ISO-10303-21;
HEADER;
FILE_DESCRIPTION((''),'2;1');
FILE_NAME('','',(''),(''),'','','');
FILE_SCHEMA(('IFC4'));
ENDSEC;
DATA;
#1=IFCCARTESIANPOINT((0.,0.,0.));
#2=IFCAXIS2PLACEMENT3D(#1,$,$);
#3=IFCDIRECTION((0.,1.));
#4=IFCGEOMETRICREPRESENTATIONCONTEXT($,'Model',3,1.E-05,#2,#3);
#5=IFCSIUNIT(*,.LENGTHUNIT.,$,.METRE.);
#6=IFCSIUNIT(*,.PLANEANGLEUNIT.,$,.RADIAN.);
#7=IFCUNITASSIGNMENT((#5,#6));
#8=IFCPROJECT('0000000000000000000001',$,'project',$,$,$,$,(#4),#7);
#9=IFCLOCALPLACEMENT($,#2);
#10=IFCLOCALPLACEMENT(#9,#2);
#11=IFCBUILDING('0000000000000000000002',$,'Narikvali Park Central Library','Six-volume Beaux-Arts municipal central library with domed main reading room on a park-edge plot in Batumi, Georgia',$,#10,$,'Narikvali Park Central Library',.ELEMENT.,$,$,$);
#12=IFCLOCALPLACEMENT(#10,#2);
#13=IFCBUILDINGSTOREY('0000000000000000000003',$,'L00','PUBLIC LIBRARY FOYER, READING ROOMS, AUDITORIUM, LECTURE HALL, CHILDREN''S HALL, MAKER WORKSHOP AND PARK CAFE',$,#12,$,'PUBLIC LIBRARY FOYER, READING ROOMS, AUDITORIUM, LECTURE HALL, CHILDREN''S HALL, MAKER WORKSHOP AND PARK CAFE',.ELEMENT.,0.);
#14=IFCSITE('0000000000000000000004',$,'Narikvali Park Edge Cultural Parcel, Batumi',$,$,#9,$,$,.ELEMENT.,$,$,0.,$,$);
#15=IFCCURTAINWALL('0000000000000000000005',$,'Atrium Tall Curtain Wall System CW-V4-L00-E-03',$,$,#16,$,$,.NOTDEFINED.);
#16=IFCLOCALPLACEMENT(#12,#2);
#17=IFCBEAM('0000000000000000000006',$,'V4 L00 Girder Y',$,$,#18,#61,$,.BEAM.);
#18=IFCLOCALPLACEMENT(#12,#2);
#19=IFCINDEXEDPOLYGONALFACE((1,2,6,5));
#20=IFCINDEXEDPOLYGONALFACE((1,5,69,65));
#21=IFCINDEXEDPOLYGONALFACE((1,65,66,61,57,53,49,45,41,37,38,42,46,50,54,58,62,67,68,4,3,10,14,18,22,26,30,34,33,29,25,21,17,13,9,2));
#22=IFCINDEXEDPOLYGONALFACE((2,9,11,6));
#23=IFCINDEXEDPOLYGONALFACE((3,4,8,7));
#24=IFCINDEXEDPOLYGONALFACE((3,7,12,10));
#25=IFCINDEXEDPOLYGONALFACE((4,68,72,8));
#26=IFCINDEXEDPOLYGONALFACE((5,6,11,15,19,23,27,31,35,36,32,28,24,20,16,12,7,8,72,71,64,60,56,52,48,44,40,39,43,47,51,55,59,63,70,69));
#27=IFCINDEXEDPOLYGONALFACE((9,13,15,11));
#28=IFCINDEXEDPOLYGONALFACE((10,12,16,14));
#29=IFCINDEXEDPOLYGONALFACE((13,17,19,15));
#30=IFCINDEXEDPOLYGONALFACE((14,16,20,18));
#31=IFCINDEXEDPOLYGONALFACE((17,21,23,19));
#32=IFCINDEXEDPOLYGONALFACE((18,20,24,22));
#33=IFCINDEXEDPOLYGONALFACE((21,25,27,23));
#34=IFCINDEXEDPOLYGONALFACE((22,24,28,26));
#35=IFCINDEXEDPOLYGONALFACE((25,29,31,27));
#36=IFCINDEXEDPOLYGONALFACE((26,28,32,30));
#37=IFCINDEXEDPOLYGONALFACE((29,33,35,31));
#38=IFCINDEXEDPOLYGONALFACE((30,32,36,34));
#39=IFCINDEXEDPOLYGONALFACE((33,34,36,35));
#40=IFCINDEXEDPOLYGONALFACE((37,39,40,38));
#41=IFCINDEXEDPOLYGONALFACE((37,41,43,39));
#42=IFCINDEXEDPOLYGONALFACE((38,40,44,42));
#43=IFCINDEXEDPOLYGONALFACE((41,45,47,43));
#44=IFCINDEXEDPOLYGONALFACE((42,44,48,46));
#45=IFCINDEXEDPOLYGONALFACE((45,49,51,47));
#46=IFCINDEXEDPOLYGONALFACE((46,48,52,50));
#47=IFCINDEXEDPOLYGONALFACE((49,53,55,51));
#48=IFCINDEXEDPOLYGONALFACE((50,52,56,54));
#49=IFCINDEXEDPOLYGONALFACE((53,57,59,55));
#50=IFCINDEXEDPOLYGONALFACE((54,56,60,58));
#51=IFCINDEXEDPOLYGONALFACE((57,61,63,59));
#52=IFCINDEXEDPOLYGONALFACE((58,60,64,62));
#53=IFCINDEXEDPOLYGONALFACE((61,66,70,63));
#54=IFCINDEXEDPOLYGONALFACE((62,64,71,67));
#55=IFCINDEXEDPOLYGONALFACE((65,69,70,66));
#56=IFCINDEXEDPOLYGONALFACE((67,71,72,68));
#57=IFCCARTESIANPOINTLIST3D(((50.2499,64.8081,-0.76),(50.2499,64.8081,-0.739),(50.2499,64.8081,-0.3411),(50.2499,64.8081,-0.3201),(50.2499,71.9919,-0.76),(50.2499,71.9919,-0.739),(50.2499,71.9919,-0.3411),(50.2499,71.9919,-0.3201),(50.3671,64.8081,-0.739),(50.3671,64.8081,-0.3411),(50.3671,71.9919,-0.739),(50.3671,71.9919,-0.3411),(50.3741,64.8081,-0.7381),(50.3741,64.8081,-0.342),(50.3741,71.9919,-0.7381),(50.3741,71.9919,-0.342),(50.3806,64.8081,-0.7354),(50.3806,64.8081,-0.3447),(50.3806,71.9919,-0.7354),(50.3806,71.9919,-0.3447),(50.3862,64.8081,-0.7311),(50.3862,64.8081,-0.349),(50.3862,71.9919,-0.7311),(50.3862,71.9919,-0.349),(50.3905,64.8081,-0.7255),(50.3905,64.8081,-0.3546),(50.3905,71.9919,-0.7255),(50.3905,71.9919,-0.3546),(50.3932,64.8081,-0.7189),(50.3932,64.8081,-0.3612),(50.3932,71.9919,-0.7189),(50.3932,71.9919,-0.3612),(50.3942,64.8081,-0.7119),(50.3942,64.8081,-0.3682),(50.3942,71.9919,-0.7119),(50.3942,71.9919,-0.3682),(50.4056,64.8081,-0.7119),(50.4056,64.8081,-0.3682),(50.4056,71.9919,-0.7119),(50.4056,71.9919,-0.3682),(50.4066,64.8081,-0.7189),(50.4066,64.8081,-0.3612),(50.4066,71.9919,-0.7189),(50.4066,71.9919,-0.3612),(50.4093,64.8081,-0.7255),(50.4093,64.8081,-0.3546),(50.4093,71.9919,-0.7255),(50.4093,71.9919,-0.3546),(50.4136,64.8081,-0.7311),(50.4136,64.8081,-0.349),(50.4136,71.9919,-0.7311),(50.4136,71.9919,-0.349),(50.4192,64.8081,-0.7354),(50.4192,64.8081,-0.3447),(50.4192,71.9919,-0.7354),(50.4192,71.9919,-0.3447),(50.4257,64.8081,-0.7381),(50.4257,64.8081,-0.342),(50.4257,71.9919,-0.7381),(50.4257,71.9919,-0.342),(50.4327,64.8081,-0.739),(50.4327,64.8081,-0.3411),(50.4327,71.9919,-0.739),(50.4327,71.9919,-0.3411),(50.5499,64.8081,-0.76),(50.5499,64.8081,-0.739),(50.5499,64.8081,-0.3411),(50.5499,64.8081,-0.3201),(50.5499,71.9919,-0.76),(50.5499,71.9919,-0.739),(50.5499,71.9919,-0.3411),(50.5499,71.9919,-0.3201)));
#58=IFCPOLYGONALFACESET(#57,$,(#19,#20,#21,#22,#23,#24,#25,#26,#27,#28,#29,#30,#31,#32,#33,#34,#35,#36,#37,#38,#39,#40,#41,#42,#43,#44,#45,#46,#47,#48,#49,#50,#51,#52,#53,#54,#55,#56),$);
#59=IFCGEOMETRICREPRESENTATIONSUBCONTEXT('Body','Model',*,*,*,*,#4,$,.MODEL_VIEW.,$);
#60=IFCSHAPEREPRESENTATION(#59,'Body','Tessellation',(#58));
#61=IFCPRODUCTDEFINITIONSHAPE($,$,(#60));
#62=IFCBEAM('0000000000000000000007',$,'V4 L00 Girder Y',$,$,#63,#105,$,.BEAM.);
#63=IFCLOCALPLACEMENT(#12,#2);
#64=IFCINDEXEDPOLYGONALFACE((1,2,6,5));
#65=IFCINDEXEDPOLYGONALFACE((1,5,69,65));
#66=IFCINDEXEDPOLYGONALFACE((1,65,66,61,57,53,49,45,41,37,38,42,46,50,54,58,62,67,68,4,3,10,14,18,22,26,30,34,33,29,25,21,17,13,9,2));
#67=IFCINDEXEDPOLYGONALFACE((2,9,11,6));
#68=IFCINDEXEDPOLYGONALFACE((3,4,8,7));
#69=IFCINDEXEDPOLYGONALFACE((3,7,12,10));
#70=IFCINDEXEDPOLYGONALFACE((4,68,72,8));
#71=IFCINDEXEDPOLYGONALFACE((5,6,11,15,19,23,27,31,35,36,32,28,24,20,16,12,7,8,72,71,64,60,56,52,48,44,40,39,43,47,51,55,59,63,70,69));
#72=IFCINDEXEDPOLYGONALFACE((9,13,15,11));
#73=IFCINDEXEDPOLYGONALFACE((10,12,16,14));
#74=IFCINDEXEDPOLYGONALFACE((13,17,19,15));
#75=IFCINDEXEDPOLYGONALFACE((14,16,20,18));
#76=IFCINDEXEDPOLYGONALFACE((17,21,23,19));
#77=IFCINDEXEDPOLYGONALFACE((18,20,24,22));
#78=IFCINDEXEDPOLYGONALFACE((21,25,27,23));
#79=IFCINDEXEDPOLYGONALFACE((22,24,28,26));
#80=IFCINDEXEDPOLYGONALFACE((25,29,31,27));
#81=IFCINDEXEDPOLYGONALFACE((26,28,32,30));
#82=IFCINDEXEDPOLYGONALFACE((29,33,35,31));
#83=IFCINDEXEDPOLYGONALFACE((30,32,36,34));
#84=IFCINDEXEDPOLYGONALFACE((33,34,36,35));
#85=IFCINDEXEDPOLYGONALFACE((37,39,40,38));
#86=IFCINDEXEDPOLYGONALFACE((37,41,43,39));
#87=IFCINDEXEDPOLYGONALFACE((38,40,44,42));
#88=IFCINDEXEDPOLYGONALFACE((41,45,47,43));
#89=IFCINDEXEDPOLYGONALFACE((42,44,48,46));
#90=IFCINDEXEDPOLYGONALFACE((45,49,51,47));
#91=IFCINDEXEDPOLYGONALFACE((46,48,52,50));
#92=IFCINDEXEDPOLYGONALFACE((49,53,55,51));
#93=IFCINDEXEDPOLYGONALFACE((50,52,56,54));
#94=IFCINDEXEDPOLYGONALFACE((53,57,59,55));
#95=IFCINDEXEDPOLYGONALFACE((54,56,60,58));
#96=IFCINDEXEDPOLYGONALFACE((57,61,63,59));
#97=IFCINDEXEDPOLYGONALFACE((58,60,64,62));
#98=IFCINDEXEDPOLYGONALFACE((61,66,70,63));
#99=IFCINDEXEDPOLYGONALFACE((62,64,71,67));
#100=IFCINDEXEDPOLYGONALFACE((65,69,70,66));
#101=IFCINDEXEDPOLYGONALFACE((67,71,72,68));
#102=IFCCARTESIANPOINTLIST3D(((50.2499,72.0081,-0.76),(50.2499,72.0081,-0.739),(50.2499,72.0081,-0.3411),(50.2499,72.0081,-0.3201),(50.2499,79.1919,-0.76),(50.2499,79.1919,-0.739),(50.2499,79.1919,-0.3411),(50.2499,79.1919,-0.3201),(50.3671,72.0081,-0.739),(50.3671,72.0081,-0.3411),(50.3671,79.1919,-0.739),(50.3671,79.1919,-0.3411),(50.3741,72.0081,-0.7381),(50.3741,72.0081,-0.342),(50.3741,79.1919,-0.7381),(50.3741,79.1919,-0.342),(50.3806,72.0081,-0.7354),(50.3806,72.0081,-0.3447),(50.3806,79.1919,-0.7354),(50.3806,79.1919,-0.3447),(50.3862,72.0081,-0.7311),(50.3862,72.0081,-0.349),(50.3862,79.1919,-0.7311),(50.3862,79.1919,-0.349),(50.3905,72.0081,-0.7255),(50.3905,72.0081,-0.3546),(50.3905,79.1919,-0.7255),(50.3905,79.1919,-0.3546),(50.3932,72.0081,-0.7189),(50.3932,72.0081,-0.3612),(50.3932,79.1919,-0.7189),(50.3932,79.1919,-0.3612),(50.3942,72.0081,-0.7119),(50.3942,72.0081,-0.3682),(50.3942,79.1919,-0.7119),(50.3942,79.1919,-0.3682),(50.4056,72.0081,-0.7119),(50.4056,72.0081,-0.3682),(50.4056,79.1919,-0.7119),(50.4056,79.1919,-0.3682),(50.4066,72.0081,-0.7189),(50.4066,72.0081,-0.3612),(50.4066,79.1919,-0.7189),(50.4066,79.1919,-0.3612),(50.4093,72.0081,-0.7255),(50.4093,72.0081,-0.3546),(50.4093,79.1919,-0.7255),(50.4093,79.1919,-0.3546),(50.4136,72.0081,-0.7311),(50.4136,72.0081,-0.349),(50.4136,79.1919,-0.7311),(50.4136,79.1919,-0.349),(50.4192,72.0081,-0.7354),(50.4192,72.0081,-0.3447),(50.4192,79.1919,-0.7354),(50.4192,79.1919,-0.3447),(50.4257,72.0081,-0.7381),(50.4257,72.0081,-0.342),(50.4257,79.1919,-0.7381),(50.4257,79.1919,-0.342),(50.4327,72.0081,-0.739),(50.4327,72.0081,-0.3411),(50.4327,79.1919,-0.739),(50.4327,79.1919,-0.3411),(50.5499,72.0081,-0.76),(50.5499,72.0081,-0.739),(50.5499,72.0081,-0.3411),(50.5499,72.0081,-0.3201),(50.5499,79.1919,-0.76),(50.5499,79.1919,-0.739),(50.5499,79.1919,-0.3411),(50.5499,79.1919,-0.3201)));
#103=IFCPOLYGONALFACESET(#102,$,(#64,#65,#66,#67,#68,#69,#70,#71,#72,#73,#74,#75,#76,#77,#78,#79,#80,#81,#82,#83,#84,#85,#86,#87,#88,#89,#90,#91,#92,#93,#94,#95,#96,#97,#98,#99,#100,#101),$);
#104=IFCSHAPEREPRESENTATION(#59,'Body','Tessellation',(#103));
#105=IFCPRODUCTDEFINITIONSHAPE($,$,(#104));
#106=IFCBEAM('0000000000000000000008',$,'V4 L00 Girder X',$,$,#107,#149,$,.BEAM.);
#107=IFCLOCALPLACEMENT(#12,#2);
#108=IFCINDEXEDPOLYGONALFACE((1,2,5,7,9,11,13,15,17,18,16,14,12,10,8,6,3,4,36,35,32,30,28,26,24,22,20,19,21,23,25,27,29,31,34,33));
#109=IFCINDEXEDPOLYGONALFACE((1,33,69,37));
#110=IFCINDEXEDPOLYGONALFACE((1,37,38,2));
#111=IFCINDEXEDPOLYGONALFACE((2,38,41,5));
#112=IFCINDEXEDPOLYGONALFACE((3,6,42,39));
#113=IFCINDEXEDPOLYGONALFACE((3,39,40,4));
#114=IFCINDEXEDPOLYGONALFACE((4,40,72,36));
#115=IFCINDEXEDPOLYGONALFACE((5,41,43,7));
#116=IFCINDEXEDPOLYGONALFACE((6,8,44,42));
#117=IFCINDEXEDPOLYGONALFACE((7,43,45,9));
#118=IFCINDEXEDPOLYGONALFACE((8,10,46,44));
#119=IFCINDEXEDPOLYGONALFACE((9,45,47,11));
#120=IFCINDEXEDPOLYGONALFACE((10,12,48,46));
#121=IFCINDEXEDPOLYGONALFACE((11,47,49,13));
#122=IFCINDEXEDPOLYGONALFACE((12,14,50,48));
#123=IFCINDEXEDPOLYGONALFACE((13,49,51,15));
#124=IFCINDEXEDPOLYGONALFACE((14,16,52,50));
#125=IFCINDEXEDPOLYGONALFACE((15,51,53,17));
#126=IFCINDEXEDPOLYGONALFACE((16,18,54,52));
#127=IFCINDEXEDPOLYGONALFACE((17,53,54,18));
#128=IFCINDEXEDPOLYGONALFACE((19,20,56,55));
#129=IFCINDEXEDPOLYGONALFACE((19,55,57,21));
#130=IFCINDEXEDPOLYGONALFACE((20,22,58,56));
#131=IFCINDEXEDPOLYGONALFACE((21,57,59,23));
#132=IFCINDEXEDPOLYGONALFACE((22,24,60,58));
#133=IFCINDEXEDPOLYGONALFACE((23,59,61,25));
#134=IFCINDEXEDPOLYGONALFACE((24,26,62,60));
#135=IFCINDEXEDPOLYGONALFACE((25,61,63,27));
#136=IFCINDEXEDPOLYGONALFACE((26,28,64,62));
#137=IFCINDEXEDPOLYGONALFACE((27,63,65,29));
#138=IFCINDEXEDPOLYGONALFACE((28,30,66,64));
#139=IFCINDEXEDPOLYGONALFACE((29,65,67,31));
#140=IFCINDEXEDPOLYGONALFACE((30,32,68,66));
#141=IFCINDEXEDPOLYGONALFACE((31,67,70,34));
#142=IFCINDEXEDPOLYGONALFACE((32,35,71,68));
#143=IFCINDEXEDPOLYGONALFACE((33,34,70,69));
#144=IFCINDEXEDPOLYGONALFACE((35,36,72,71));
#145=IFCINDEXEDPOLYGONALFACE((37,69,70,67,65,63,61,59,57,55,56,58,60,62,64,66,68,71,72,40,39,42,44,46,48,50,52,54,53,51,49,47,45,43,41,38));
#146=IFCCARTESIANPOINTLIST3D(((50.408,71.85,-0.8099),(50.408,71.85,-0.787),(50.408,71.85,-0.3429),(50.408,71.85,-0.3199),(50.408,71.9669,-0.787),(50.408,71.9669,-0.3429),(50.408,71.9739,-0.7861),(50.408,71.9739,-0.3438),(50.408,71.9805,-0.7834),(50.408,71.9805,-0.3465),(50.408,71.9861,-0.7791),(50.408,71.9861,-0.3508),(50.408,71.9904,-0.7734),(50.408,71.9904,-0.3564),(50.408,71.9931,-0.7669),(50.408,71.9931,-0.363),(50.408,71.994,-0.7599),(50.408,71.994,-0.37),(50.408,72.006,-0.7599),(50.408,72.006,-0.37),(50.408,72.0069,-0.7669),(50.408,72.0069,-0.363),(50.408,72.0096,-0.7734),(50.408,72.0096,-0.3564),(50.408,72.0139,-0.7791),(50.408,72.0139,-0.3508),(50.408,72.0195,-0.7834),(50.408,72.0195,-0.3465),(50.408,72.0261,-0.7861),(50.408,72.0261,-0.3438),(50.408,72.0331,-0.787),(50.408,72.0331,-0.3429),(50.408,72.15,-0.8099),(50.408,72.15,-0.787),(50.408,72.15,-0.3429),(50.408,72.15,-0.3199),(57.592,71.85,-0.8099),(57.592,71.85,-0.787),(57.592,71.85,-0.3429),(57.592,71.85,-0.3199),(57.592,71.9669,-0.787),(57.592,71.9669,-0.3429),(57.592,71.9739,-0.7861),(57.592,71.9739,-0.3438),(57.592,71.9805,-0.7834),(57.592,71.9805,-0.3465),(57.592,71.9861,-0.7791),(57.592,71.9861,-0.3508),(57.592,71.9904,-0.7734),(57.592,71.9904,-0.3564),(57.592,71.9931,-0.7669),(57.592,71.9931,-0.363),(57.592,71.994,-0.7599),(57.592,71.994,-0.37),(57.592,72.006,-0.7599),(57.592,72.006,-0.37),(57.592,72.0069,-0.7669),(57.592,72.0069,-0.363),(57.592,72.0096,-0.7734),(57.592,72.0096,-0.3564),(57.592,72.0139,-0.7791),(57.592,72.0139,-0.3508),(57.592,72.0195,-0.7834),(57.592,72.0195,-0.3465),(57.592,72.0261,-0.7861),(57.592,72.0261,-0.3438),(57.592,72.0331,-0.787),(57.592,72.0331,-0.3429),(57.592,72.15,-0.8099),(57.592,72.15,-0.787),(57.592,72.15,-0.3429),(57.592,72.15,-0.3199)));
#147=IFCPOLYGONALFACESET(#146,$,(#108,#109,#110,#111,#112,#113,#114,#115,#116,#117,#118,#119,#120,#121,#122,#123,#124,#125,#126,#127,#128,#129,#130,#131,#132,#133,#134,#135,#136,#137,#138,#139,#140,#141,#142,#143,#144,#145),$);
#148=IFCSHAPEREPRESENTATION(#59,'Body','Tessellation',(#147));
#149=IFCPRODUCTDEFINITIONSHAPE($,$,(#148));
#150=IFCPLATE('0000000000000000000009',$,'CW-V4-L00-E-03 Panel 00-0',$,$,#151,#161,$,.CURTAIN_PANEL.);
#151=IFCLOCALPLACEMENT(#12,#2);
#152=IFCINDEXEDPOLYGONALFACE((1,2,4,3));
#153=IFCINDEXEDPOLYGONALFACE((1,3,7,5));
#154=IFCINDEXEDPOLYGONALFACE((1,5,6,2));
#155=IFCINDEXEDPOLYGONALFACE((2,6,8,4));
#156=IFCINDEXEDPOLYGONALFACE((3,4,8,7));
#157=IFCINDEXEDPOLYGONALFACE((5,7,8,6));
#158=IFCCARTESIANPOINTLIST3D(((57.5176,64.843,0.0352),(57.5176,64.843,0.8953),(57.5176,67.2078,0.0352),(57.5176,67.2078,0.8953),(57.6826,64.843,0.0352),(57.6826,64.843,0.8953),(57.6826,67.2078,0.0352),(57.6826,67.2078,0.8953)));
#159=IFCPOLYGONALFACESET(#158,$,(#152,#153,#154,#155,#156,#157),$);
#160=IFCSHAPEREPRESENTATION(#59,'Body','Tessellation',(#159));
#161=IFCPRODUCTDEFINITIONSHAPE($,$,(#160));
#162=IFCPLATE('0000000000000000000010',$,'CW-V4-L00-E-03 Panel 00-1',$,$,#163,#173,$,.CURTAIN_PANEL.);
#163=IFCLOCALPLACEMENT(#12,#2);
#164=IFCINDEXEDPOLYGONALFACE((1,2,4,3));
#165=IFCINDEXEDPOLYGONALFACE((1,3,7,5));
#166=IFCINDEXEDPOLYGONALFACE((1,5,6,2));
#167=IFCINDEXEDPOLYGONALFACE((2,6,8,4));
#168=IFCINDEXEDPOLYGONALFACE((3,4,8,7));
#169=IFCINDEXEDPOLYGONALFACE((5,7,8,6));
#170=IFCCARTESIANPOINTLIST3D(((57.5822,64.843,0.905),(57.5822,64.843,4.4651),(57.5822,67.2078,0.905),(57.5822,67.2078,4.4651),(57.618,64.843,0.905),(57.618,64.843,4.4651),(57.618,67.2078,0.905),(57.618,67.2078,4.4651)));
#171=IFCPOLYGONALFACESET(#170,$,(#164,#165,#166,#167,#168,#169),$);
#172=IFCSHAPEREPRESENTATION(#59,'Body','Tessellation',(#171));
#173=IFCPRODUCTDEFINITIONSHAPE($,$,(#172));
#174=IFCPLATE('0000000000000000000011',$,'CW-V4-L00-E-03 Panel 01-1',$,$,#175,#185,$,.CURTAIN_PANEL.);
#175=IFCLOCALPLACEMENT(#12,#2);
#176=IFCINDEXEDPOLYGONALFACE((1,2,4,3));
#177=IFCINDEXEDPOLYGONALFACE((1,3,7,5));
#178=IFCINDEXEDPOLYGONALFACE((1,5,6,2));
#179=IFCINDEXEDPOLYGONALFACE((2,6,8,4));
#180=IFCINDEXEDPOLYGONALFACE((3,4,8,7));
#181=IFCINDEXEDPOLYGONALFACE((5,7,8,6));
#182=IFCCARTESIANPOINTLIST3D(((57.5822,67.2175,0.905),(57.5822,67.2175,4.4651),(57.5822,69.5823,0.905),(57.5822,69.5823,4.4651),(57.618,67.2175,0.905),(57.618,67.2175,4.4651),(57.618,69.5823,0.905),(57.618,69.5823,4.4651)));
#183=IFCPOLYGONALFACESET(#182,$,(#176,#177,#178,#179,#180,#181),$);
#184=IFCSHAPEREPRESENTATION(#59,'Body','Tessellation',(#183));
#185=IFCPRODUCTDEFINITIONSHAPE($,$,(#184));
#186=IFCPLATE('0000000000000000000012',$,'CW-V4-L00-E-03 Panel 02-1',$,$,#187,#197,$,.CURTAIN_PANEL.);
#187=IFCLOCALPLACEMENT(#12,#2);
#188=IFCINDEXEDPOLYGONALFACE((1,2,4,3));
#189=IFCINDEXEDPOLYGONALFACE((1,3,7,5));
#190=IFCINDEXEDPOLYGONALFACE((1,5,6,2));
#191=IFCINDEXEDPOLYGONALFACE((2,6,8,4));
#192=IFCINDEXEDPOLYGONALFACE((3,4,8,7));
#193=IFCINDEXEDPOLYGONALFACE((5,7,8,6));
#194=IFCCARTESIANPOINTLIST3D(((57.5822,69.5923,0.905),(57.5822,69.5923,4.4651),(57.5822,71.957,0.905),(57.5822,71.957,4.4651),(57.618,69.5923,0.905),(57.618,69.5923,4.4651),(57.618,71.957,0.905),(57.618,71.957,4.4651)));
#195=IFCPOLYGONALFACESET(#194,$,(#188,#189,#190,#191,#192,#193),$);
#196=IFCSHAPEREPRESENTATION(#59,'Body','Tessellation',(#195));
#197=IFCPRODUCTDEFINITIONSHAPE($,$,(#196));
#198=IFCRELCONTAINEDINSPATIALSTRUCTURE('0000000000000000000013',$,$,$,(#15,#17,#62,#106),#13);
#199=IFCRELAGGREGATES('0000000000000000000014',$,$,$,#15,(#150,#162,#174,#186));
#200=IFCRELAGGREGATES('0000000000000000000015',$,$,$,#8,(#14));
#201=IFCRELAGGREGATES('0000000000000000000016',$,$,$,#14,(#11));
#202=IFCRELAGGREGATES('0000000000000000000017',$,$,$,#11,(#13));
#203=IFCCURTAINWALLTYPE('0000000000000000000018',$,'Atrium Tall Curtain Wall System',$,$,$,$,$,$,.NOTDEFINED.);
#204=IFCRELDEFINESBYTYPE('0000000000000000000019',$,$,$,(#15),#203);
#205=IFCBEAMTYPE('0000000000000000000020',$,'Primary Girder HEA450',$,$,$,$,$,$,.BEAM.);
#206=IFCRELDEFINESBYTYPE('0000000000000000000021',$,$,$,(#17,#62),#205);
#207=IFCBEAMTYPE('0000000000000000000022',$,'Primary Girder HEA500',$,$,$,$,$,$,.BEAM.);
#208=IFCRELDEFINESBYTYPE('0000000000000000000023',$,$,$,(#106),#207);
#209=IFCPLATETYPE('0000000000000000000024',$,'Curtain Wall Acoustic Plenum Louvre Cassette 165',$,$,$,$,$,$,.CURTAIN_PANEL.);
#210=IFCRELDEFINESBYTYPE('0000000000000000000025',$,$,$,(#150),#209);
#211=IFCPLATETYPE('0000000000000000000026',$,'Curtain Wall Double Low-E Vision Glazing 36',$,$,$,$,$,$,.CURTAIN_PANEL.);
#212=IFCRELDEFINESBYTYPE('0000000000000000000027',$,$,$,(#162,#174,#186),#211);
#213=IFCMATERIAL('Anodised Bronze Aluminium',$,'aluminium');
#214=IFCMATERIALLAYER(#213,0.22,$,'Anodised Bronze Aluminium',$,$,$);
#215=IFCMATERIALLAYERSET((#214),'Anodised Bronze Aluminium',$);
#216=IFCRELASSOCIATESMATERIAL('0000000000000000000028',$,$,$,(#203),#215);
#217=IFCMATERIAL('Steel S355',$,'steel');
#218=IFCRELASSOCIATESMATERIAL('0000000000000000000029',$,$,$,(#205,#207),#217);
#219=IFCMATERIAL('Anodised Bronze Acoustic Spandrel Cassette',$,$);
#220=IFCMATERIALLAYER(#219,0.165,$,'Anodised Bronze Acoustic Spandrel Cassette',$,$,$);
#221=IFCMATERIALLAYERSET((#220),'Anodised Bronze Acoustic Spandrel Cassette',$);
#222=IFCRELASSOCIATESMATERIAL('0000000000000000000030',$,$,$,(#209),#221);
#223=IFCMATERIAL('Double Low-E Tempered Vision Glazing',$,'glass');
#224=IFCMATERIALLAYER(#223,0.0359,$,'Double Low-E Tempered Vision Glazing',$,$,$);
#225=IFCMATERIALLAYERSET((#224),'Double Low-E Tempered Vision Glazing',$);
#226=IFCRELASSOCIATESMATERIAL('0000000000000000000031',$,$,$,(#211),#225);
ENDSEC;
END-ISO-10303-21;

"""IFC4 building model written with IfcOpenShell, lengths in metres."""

from ifc_helpers import new_model, si_unit, direction, frame, origin, origin_2d, place, context, subcontext, project, spatial, rectangle, i_section, extrude, material, layer, layer_set, material_profile, profile_set, type_object, element, aggregate, save


model = new_model("IFC4")

# Units and contexts
model_context = context("Model", 3, precision=1e-05, world=origin(), true_north=direction((0.0, 1.0)))
body_context = subcontext(model_context, "Body", "Model", "MODEL_VIEW")
ifc_project = project(units=[si_unit("LENGTHUNIT", "METRE"), si_unit("PLANEANGLEUNIT", "RADIAN")], contexts=[model_context])

# Site, building, storey
site_placement = place(None, origin())
site = spatial("IfcSite", under=ifc_project, at=site_placement, Name="Narikvali Park Edge Cultural Parcel, Batumi", CompositionType="ELEMENT", RefElevation=0.0)
building_placement = place(site_placement, origin())
building = spatial("IfcBuilding", under=site, at=building_placement, Name="Narikvali Park Central Library", Description="Six-volume Beaux-Arts municipal central library with domed main reading room on a park-edge plot in Batumi, Georgia", LongName="Narikvali Park Central Library", CompositionType="ELEMENT")
storey_placement = place(building_placement, origin())
storey = spatial("IfcBuildingStorey", under=building, at=storey_placement, Name="L00", Description="PUBLIC LIBRARY FOYER, READING ROOMS, AUDITORIUM, LECTURE HALL, CHILDREN'S HALL, MAKER WORKSHOP AND PARK CAFE", LongName="PUBLIC LIBRARY FOYER, READING ROOMS, AUDITORIUM, LECTURE HALL, CHILDREN'S HALL, MAKER WORKSHOP AND PARK CAFE", CompositionType="ELEMENT", Elevation=0.0)

# Shared definitions
ifc_material_1 = material(Name="Steel S355", Category="steel")

# Curtain wall
ifc_material_2 = material(Name="Anodised Bronze Aluminium", Category="aluminium")
ifc_layer_1 = layer(ifc_material_2, 0.22, Name="Anodised Bronze Aluminium")
ifc_layer_set_1 = layer_set([ifc_layer_1], Name="Anodised Bronze Aluminium")
curtain_wall_type = type_object("IfcCurtainWallType", Name="Atrium Tall Curtain Wall System", PredefinedType="NOTDEFINED", material=ifc_layer_set_1)
curtain_wall_placement = place(storey_placement, origin())
curtain_wall = element("IfcCurtainWall", 1, at=curtain_wall_placement, inside=storey, type_object=curtain_wall_type, Name="Atrium Tall Curtain Wall System CW-V4-L00-E-03", PredefinedType="NOTDEFINED")

# Beams
ifc_material_profile_1 = material_profile(ifc_material_1, i_section(OverallWidth=0.3, OverallDepth=0.4399, WebThickness=0.0115, FlangeThickness=0.021, FilletRadius=0.0271, at=origin_2d()), Name="HEA 450")
ifc_profile_set_1 = profile_set([ifc_material_profile_1], Name="Steel S355")
beam_type_1 = type_object("IfcBeamType", Name="Primary Girder HEA450", PredefinedType="BEAM", material=ifc_profile_set_1)
for number, where, z_axis, x_axis, name in (
    (2, (50.3999, 64.8081, -0.54), (0.0, 1.0, 0.0), (-1.0, 0.0, 0.0), "V4 L00 Girder Y"),
    (3, (50.3999, 72.0081, -0.54), (0.0, 1.0, 0.0), (-1.0, 0.0, 0.0), "V4 L00 Girder Y"),
):
    element("IfcBeam", number, at=place(storey_placement, frame(where, z_axis=z_axis, x_axis=x_axis)), inside=storey, type_object=beam_type_1, Name=name, PredefinedType="BEAM", context=body_context, shape_type="SweptSolid", body=[
        extrude(i_section(OverallWidth=0.3, OverallDepth=0.4399, WebThickness=0.0115, FlangeThickness=0.021, FilletRadius=0.0271, at=origin_2d()), origin(), (0.0, 0.0, 1.0), 7.1838),
    ])
ifc_material_profile_2 = material_profile(ifc_material_1, i_section(OverallWidth=0.3, OverallDepth=0.49, WebThickness=0.012, FlangeThickness=0.0229, FilletRadius=0.0271, at=origin_2d()), Name="HEA 500")
ifc_profile_set_2 = profile_set([ifc_material_profile_2], Name="Steel S355")
beam_type_2 = type_object("IfcBeamType", Name="Primary Girder HEA500", PredefinedType="BEAM", material=ifc_profile_set_2)
beam_1_placement = place(storey_placement, frame((50.408, 72.0, -0.5649), z_axis=(1.0, 0.0, 0.0), x_axis=(0.0, 1.0, 0.0)))
element("IfcBeam", 4, at=beam_1_placement, inside=storey, type_object=beam_type_2, Name="V4 L00 Girder X", PredefinedType="BEAM", context=body_context, shape_type="SweptSolid", body=[
    extrude(i_section(OverallWidth=0.3, OverallDepth=0.49, WebThickness=0.012, FlangeThickness=0.0229, FilletRadius=0.0271, at=origin_2d()), origin(), (0.0, 0.0, 1.0), 7.1841),
])

# Plates
ifc_material_3 = material(Name="Anodised Bronze Acoustic Spandrel Cassette")
ifc_layer_2 = layer(ifc_material_3, 0.165, Name="Anodised Bronze Acoustic Spandrel Cassette")
ifc_layer_set_2 = layer_set([ifc_layer_2], Name="Anodised Bronze Acoustic Spandrel Cassette")
plate_type_1 = type_object("IfcPlateType", Name="Curtain Wall Acoustic Plenum Louvre Cassette 165", PredefinedType="CURTAIN_PANEL", material=ifc_layer_set_2)
plate_1_placement = place(storey_placement, frame((57.6001, 66.0254, 0.0352), z_axis=(0.0, 0.0, 1.0), x_axis=(0.0, 1.0, 0.0)))
plate_1 = element("IfcPlate", 5, at=plate_1_placement, type_object=plate_type_1, Name="CW-V4-L00-E-03 Panel 00-0", PredefinedType="CURTAIN_PANEL", context=body_context, shape_type="SweptSolid", body=[
    extrude(rectangle(XDim=2.3647, YDim=0.165, at=origin_2d()), origin(), (0.0, 0.0, 1.0), 0.8601),
])
ifc_material_4 = material(Name="Double Low-E Tempered Vision Glazing", Category="glass")
ifc_layer_3 = layer(ifc_material_4, 0.0359, Name="Double Low-E Tempered Vision Glazing")
ifc_layer_set_3 = layer_set([ifc_layer_3], Name="Double Low-E Tempered Vision Glazing")
plate_type_2 = type_object("IfcPlateType", Name="Curtain Wall Double Low-E Vision Glazing 36", PredefinedType="CURTAIN_PANEL", material=ifc_layer_set_3)
plate_2_placement = place(storey_placement, frame((57.6001, 66.0254, 0.905), z_axis=(0.0, 0.0, 1.0), x_axis=(0.0, 1.0, 0.0)))
plate_2 = element("IfcPlate", 6, at=plate_2_placement, type_object=plate_type_2, Name="CW-V4-L00-E-03 Panel 00-1", PredefinedType="CURTAIN_PANEL", context=body_context, shape_type="SweptSolid", body=[
    extrude(rectangle(XDim=2.3647, YDim=0.0359, at=origin_2d()), origin(), (0.0, 0.0, 1.0), 3.5601),
])
plate_3_placement = place(storey_placement, frame((57.6001, 68.3999, 0.905), z_axis=(0.0, 0.0, 1.0), x_axis=(0.0, 1.0, 0.0)))
plate_3 = element("IfcPlate", 7, at=plate_3_placement, type_object=plate_type_2, Name="CW-V4-L00-E-03 Panel 01-1", PredefinedType="CURTAIN_PANEL", context=body_context, shape_type="SweptSolid", body=[
    extrude(rectangle(XDim=2.3647, YDim=0.0359, at=origin_2d()), origin(), (0.0, 0.0, 1.0), 3.5601),
])
plate_4_placement = place(storey_placement, frame((57.6001, 70.7747, 0.905), z_axis=(0.0, 0.0, 1.0), x_axis=(0.0, 1.0, 0.0)))
plate_4 = element("IfcPlate", 8, at=plate_4_placement, type_object=plate_type_2, Name="CW-V4-L00-E-03 Panel 02-1", PredefinedType="CURTAIN_PANEL", context=body_context, shape_type="SweptSolid", body=[
    extrude(rectangle(XDim=2.3647, YDim=0.0359, at=origin_2d()), origin(), (0.0, 0.0, 1.0), 3.5601),
])
aggregate(curtain_wall, [plate_1, plate_2, plate_3, plate_4])

save(model, "model.ifc")
